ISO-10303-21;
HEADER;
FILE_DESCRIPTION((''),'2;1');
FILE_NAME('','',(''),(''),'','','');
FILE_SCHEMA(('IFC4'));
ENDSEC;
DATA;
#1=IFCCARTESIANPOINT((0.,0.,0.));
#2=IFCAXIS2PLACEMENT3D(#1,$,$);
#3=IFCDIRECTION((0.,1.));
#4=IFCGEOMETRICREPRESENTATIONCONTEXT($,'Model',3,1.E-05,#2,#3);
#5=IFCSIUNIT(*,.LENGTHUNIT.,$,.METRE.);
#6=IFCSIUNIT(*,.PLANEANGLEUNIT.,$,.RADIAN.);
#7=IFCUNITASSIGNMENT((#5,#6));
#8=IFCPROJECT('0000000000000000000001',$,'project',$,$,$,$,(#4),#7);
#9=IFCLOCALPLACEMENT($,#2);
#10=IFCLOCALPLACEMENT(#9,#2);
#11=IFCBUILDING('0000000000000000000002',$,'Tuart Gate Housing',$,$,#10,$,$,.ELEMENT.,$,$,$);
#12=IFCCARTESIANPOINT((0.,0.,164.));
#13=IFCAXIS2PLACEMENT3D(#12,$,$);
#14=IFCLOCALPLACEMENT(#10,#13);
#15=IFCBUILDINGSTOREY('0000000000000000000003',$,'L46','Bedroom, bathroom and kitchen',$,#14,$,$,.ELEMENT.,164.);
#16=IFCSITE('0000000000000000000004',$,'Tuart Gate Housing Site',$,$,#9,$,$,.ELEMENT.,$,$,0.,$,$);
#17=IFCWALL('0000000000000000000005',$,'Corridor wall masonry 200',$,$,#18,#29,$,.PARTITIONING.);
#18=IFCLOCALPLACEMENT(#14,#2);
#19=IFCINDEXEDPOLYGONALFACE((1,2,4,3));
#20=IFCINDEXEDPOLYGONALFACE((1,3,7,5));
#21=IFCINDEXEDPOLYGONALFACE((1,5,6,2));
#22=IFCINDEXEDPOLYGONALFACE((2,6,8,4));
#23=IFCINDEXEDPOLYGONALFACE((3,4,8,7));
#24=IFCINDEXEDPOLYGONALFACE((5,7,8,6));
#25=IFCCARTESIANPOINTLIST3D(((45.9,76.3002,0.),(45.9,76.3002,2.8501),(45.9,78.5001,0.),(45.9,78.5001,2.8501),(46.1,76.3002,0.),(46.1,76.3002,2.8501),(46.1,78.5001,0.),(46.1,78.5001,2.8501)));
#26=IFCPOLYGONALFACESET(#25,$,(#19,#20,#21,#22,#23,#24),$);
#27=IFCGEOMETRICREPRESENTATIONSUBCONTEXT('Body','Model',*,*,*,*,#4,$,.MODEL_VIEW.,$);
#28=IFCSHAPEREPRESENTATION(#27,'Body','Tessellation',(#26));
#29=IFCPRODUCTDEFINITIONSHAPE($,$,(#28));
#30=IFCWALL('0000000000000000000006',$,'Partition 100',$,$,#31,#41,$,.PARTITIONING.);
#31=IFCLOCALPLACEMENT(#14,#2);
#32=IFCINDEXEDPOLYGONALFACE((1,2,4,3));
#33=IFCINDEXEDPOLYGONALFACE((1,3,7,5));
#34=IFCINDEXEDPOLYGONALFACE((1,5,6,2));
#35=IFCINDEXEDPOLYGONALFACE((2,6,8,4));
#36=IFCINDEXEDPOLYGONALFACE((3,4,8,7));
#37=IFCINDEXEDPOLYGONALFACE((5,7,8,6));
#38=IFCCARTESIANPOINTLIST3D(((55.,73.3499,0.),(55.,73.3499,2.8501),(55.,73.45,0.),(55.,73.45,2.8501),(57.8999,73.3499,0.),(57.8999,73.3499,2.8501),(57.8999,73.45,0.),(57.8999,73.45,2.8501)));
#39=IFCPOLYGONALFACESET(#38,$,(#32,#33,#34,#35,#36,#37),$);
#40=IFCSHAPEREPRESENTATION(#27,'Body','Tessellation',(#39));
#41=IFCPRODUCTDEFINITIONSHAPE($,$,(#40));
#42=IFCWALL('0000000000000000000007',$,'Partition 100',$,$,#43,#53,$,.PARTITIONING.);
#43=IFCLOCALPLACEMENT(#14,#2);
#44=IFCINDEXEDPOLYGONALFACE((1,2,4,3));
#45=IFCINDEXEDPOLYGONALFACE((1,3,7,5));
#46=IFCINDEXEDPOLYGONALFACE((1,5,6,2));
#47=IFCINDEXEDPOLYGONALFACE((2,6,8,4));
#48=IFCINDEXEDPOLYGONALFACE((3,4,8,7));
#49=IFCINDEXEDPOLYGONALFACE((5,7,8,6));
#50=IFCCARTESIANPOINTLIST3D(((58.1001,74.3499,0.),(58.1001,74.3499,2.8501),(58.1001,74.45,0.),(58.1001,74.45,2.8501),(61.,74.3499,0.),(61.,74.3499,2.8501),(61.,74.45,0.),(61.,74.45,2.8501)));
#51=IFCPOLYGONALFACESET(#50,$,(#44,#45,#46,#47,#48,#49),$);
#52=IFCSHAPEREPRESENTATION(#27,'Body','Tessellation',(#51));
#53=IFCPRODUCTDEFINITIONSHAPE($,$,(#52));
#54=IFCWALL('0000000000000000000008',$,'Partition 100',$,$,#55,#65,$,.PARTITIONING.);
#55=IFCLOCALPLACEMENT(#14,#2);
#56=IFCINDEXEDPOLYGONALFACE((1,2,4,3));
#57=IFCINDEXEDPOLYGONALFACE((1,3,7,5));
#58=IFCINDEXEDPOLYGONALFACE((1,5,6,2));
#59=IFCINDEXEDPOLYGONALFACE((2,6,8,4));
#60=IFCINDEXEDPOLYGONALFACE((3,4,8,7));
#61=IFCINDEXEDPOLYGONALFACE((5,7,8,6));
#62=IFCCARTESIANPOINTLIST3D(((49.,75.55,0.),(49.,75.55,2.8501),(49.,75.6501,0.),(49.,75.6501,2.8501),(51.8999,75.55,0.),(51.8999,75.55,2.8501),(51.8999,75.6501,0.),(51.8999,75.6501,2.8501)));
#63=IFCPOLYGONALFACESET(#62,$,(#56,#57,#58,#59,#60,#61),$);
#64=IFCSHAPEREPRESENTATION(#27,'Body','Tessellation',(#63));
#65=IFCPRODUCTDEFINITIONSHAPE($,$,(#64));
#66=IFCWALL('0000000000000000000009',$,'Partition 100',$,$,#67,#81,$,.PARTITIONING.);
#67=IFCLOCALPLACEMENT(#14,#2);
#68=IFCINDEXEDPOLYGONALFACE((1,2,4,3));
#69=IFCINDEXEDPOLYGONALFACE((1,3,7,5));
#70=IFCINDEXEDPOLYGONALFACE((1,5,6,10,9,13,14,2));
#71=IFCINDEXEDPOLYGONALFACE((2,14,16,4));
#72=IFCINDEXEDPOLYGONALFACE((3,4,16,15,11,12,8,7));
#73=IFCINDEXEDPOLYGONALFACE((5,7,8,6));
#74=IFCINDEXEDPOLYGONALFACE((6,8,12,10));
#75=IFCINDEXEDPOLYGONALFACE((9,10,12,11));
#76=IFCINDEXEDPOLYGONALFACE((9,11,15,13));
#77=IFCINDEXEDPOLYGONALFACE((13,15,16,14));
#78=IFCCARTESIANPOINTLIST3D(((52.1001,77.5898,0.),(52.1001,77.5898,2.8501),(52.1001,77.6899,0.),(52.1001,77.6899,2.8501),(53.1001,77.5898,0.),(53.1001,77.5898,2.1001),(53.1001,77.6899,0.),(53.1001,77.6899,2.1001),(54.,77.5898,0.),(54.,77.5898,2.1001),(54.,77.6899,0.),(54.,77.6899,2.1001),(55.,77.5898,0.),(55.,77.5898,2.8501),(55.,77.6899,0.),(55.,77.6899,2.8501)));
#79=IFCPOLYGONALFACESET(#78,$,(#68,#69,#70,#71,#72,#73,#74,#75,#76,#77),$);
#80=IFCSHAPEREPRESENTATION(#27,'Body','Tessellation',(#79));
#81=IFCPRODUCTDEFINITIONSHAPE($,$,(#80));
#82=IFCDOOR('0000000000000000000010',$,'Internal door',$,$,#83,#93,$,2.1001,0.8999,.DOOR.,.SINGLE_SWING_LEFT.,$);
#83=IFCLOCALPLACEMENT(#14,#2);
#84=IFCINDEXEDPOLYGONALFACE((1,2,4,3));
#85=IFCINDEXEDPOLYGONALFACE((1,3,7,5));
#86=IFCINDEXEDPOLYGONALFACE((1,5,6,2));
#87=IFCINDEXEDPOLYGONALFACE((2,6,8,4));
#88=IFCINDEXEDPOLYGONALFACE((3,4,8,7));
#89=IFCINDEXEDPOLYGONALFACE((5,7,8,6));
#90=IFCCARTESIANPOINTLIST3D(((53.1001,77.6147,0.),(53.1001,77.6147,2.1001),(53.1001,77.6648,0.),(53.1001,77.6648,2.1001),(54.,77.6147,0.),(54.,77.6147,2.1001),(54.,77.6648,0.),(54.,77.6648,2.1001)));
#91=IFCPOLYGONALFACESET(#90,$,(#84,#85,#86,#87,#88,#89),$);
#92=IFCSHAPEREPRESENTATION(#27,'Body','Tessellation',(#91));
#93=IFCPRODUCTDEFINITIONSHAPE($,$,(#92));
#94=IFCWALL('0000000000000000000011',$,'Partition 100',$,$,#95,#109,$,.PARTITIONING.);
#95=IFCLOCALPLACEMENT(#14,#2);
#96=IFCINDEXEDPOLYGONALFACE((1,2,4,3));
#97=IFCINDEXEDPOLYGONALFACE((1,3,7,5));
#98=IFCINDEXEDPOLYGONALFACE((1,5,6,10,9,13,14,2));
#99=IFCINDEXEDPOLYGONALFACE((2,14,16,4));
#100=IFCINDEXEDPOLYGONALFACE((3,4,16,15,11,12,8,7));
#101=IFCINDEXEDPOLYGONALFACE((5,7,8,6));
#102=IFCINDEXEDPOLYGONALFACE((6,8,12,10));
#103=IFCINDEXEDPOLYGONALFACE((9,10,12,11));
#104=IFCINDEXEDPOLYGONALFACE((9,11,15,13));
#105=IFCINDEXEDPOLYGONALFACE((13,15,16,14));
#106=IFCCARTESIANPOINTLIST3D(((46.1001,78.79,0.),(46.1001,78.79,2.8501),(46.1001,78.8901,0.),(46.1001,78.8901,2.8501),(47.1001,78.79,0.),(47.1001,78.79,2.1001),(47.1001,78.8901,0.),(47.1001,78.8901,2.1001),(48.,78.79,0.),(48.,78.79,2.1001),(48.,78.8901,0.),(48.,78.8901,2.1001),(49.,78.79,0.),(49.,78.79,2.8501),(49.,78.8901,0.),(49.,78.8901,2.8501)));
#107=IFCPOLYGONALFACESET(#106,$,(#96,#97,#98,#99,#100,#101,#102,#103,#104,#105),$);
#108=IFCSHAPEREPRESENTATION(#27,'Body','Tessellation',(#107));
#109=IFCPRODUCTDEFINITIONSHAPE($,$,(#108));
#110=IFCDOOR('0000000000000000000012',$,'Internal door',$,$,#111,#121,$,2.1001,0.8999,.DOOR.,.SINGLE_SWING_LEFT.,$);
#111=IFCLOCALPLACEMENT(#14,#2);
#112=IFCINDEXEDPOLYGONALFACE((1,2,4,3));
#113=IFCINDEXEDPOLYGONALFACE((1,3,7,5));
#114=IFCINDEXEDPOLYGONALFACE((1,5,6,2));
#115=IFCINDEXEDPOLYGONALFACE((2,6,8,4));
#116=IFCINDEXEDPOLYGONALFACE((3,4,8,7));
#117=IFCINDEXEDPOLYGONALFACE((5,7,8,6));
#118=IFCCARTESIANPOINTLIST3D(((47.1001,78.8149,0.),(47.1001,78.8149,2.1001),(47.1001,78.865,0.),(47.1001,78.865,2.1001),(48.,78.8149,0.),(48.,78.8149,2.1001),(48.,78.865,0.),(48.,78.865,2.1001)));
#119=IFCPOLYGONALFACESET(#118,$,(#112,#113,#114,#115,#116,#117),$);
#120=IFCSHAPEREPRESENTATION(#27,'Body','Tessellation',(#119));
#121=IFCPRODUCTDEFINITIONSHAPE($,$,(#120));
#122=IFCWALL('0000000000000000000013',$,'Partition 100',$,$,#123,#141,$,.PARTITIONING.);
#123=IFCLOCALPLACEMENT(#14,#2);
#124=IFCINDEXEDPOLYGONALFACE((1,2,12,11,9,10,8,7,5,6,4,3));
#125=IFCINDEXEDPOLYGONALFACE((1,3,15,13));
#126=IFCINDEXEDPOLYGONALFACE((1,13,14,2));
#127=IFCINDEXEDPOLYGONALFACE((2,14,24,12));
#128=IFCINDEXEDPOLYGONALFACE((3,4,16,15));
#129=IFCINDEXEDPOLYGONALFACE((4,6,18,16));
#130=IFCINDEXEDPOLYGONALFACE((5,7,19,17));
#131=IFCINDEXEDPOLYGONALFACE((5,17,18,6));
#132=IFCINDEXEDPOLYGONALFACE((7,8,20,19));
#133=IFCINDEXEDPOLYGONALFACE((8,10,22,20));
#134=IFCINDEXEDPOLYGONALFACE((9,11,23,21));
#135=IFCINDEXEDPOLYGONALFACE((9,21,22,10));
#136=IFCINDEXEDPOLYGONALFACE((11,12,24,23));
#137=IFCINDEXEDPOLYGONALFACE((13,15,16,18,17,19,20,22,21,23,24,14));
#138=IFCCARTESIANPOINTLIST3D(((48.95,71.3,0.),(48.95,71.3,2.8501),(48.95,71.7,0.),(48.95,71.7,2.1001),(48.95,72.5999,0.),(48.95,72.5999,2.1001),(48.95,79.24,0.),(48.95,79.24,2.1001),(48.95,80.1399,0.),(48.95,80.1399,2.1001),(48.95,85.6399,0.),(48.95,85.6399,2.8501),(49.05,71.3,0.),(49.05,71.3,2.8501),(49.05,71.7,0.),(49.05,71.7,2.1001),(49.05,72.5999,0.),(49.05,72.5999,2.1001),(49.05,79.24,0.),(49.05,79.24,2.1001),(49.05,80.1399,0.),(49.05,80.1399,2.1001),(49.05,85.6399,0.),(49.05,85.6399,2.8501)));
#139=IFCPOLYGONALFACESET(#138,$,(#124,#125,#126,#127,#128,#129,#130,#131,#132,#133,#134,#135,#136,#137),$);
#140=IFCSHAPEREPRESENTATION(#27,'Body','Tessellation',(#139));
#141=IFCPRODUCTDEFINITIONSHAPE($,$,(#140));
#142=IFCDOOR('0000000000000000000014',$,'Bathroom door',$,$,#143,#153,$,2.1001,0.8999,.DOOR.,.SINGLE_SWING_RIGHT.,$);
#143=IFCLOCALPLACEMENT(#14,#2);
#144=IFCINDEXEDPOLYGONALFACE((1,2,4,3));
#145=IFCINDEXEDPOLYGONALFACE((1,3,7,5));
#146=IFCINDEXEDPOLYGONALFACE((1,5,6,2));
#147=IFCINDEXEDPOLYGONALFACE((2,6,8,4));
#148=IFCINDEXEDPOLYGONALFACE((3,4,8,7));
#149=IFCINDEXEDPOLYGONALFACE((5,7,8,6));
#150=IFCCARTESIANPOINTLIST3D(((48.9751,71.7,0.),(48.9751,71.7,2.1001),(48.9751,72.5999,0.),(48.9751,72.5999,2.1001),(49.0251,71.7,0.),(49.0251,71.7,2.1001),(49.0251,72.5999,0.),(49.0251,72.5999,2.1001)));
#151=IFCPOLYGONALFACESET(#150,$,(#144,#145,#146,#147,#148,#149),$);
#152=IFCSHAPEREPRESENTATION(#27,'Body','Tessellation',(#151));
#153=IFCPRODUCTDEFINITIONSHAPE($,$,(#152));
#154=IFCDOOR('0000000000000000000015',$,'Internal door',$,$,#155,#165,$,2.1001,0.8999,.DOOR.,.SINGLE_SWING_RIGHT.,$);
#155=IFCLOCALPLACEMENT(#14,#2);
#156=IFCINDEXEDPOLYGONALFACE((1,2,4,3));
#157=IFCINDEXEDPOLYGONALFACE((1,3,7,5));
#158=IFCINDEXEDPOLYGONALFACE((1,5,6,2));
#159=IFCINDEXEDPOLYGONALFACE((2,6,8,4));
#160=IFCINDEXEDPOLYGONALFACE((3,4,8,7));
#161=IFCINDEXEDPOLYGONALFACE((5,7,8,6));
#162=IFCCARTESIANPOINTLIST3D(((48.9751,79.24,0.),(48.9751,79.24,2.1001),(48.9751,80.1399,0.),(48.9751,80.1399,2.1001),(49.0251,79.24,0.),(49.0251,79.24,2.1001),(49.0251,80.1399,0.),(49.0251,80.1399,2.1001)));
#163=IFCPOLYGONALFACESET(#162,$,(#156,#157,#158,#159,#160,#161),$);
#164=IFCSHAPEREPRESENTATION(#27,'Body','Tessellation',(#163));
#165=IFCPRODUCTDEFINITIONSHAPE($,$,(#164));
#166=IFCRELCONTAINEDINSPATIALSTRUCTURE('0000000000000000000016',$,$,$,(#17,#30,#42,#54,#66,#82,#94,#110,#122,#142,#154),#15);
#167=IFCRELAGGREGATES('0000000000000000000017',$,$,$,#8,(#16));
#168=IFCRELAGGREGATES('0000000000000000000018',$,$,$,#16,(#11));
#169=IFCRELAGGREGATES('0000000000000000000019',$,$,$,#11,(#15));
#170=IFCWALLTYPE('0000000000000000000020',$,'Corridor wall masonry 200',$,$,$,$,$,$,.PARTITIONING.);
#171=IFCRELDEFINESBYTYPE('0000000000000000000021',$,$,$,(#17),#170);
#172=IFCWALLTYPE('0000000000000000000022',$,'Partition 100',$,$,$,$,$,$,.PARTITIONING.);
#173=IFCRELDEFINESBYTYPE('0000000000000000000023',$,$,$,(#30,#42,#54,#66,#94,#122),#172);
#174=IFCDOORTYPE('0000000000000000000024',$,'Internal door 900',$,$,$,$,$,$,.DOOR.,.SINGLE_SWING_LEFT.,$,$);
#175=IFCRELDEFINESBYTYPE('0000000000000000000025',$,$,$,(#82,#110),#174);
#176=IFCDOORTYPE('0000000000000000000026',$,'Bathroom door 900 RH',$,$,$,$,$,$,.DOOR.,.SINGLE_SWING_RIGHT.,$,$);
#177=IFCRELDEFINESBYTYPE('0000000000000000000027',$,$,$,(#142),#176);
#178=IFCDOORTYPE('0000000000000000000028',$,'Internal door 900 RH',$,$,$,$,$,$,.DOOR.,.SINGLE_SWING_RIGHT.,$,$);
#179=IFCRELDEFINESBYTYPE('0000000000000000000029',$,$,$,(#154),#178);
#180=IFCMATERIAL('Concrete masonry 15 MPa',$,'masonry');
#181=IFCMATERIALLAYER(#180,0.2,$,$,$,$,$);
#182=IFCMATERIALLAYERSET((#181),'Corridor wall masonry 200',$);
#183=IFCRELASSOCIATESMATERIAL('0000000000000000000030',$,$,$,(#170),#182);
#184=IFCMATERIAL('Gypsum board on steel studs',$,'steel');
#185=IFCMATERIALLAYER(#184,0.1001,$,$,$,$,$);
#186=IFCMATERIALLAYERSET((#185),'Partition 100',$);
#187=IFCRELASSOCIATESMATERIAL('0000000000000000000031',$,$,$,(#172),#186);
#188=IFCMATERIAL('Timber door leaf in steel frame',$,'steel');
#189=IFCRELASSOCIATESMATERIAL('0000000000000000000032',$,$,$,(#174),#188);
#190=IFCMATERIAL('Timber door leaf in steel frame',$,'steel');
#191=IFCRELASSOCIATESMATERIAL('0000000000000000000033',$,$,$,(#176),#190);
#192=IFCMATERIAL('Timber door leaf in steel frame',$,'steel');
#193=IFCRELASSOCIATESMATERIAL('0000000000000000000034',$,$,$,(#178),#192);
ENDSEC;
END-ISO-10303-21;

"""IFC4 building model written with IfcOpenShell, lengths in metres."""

from ifc_helpers import new_model, si_unit, direction, frame, frame_2d, origin, place, context, subcontext, project, spatial, rectangle, extrude, material, layer, layer_set, type_object, element, fill, save


model = new_model("IFC4")

# Units and contexts
model_context = context("Model", 3, precision=1e-05, world=origin(), true_north=direction((0.0, 1.0)))
body_context = subcontext(model_context, "Body", "Model", "MODEL_VIEW")
ifc_project = project(units=[si_unit("LENGTHUNIT", "METRE"), si_unit("PLANEANGLEUNIT", "RADIAN")], contexts=[model_context])

# Site, building, storey
site_placement = place(None, origin())
site = spatial("IfcSite", under=ifc_project, at=site_placement, Name="Tuart Gate Housing Site", CompositionType="ELEMENT", RefElevation=0.0)
building_placement = place(site_placement, origin())
building = spatial("IfcBuilding", under=site, at=building_placement, Name="Tuart Gate Housing", CompositionType="ELEMENT")
storey_placement = place(building_placement, frame((0.0, 0.0, 164.0)))
storey = spatial("IfcBuildingStorey", under=building, at=storey_placement, Name="L46", Description="Bedroom, bathroom and kitchen", CompositionType="ELEMENT", Elevation=164.0)

# Walls
ifc_material_1 = material(Name="Concrete masonry 15 MPa", Category="masonry")
ifc_layer_1 = layer(ifc_material_1, 0.2)
ifc_layer_set_1 = layer_set([ifc_layer_1], Name="Corridor wall masonry 200")
wall_type_1 = type_object("IfcWallType", Name="Corridor wall masonry 200", PredefinedType="PARTITIONING", material=ifc_layer_set_1)
wall_1_placement = place(storey_placement, frame((46.0, 76.3, 0.0), z_axis=(0.0, 0.0, 1.0), x_axis=(0.0, 1.0, 0.0)))
element("IfcWall", 1, at=wall_1_placement, inside=storey, type_object=wall_type_1, Name="Corridor wall masonry 200", PredefinedType="PARTITIONING", context=body_context, shape_type="SweptSolid", body=[
    extrude(rectangle(XDim=2.2, YDim=0.2, at=frame_2d((1.1001, 0.0))), origin(), (0.0, 0.0, 1.0), 2.8501),
])
ifc_material_2 = material(Name="Gypsum board on steel studs", Category="steel")
ifc_layer_2 = layer(ifc_material_2, 0.1001)
ifc_layer_set_2 = layer_set([ifc_layer_2], Name="Partition 100")
wall_type_2 = type_object("IfcWallType", Name="Partition 100", PredefinedType="PARTITIONING", material=ifc_layer_set_2)
for number, where, z_axis, x_axis, name in (
    (2, (55.0, 73.3999, 0.0), (0.0, 0.0, 1.0), (1.0, 0.0, 0.0), "Partition 100"),
    (3, (58.1001, 74.3999, 0.0), (0.0, 0.0, 1.0), (1.0, 0.0, 0.0), "Partition 100"),
    (4, (49.0, 75.6001, 0.0), (0.0, 0.0, 1.0), (1.0, 0.0, 0.0), "Partition 100"),
):
    element("IfcWall", number, at=place(storey_placement, frame(where, z_axis=z_axis, x_axis=x_axis)), inside=storey, type_object=wall_type_2, Name=name, PredefinedType="PARTITIONING", context=body_context, shape_type="SweptSolid", body=[
        extrude(rectangle(XDim=2.8999, YDim=0.1001, at=frame_2d((1.45, 0.0))), origin(), (0.0, 0.0, 1.0), 2.8501),
    ])

# Walls, openings, doors
wall_2_placement = place(storey_placement, frame((52.1001, 77.6399, 0.0), z_axis=(0.0, 0.0, 1.0), x_axis=(1.0, 0.0, 0.0)))
wall_2 = element("IfcWall", 5, at=wall_2_placement, inside=storey, type_object=wall_type_2, Name="Partition 100", PredefinedType="PARTITIONING", context=body_context, shape_type="SweptSolid", body=[
    extrude(rectangle(XDim=2.8999, YDim=0.1001, at=frame_2d((1.45, 0.0))), origin(), (0.0, 0.0, 1.0), 2.8501),
])
opening_1_placement = place(wall_2_placement, frame((1.0, 0.0, 0.0)))
opening_1 = element("IfcOpeningElement", 6, at=opening_1_placement, cuts=wall_2, PredefinedType="OPENING", context=body_context, shape_type="SweptSolid", body=[
    extrude(rectangle(XDim=0.8999, YDim=2.1001, at=frame_2d((0.45, 1.05))), frame((0.0, 0.0601, 0.0), z_axis=(0.0, -1.0, 0.0), x_axis=(1.0, 0.0, 0.0)), (0.0, 0.0, 1.0), 0.1201),
])
ifc_material_3 = material(Name="Timber door leaf in steel frame", Category="steel")
door_type_1 = type_object("IfcDoorType", Name="Internal door 900", OperationType="SINGLE_SWING_LEFT", PredefinedType="DOOR", material=ifc_material_3)
door_1_placement = place(opening_1_placement, frame((0.8999, 0.0, 0.0), z_axis=(0.0, 0.0, 1.0), x_axis=(-1.0, 0.0, 0.0)))
door_1 = element("IfcDoor", 7, at=door_1_placement, inside=storey, type_object=door_type_1, Name="Internal door", OperationType="SINGLE_SWING_LEFT", OverallHeight=2.1001, OverallWidth=0.8999, PredefinedType="DOOR", context=body_context, shape_type="SweptSolid", body=[
    extrude(rectangle(XDim=0.8999, YDim=2.1001, at=frame_2d((0.45, 1.05))), frame((0.0, 0.0251, 0.0), z_axis=(0.0, -1.0, 0.0), x_axis=(1.0, 0.0, 0.0)), (0.0, 0.0, 1.0), 0.05),
])
fill(opening_1, door_1)
wall_3_placement = place(storey_placement, frame((46.1001, 78.8401, 0.0), z_axis=(0.0, 0.0, 1.0), x_axis=(1.0, 0.0, 0.0)))
wall_3 = element("IfcWall", 8, at=wall_3_placement, inside=storey, type_object=wall_type_2, Name="Partition 100", PredefinedType="PARTITIONING", context=body_context, shape_type="SweptSolid", body=[
    extrude(rectangle(XDim=2.8999, YDim=0.1001, at=frame_2d((1.45, 0.0))), origin(), (0.0, 0.0, 1.0), 2.8501),
])
opening_2_placement = place(wall_3_placement, frame((1.0, 0.0, 0.0)))
opening_2 = element("IfcOpeningElement", 9, at=opening_2_placement, cuts=wall_3, PredefinedType="OPENING", context=body_context, shape_type="SweptSolid", body=[
    extrude(rectangle(XDim=0.8999, YDim=2.1001, at=frame_2d((0.45, 1.05))), frame((0.0, 0.0601, 0.0), z_axis=(0.0, -1.0, 0.0), x_axis=(1.0, 0.0, 0.0)), (0.0, 0.0, 1.0), 0.1201),
])
door_2_placement = place(opening_2_placement, frame((0.8999, 0.0, 0.0), z_axis=(0.0, 0.0, 1.0), x_axis=(-1.0, 0.0, 0.0)))
door_2 = element("IfcDoor", 10, at=door_2_placement, inside=storey, type_object=door_type_1, Name="Internal door", OperationType="SINGLE_SWING_LEFT", OverallHeight=2.1001, OverallWidth=0.8999, PredefinedType="DOOR", context=body_context, shape_type="SweptSolid", body=[
    extrude(rectangle(XDim=0.8999, YDim=2.1001, at=frame_2d((0.45, 1.05))), frame((0.0, 0.0251, 0.0), z_axis=(0.0, -1.0, 0.0), x_axis=(1.0, 0.0, 0.0)), (0.0, 0.0, 1.0), 0.05),
])
fill(opening_2, door_2)

# Wall, openings, doors
wall_4_placement = place(storey_placement, frame((49.0, 71.3, 0.0), z_axis=(0.0, 0.0, 1.0), x_axis=(0.0, 1.0, 0.0)))
wall_4 = element("IfcWall", 11, at=wall_4_placement, inside=storey, type_object=wall_type_2, Name="Partition 100", PredefinedType="PARTITIONING", context=body_context, shape_type="SweptSolid", body=[
    extrude(rectangle(XDim=14.3398, YDim=0.1001, at=frame_2d((7.1699, 0.0))), origin(), (0.0, 0.0, 1.0), 2.8501),
])
opening_3_placement = place(wall_4_placement, frame((7.9399, 0.0, 0.0)))
opening_3 = element("IfcOpeningElement", 12, at=opening_3_placement, cuts=wall_4, PredefinedType="OPENING", context=body_context, shape_type="SweptSolid", body=[
    extrude(rectangle(XDim=0.8999, YDim=2.1001, at=frame_2d((0.45, 1.05))), frame((0.0, 0.0601, 0.0), z_axis=(0.0, -1.0, 0.0), x_axis=(1.0, 0.0, 0.0)), (0.0, 0.0, 1.0), 0.1201),
])
opening_4_placement = place(wall_4_placement, frame((0.3999, 0.0, 0.0)))
opening_4 = element("IfcOpeningElement", 13, at=opening_4_placement, cuts=wall_4, PredefinedType="OPENING", context=body_context, shape_type="SweptSolid", body=[
    extrude(rectangle(XDim=0.8999, YDim=2.1001, at=frame_2d((0.45, 1.05))), frame((0.0, 0.0601, 0.0), z_axis=(0.0, -1.0, 0.0), x_axis=(1.0, 0.0, 0.0)), (0.0, 0.0, 1.0), 0.1201),
])
ifc_material_4 = material(Name="Timber door leaf in steel frame", Category="steel")
door_type_2 = type_object("IfcDoorType", Name="Bathroom door 900 RH", OperationType="SINGLE_SWING_RIGHT", PredefinedType="DOOR", material=ifc_material_4)
door_3_placement = place(opening_4_placement, frame((0.8999, 0.0, 0.0), z_axis=(0.0, 0.0, 1.0), x_axis=(-1.0, 0.0, 0.0)))
door_3 = element("IfcDoor", 14, at=door_3_placement, inside=storey, type_object=door_type_2, Name="Bathroom door", OperationType="SINGLE_SWING_RIGHT", OverallHeight=2.1001, OverallWidth=0.8999, PredefinedType="DOOR", context=body_context, shape_type="SweptSolid", body=[
    extrude(rectangle(XDim=0.8999, YDim=2.1001, at=frame_2d((0.45, 1.05))), frame((0.0, 0.0251, 0.0), z_axis=(0.0, -1.0, 0.0), x_axis=(1.0, 0.0, 0.0)), (0.0, 0.0, 1.0), 0.05),
])
fill(opening_4, door_3)
ifc_material_5 = material(Name="Timber door leaf in steel frame", Category="steel")
door_type_3 = type_object("IfcDoorType", Name="Internal door 900 RH", OperationType="SINGLE_SWING_RIGHT", PredefinedType="DOOR", material=ifc_material_5)
door_4_placement = place(opening_3_placement, frame((0.8999, 0.0, 0.0), z_axis=(0.0, 0.0, 1.0), x_axis=(-1.0, 0.0, 0.0)))
door_4 = element("IfcDoor", 15, at=door_4_placement, inside=storey, type_object=door_type_3, Name="Internal door", OperationType="SINGLE_SWING_RIGHT", OverallHeight=2.1001, OverallWidth=0.8999, PredefinedType="DOOR", context=body_context, shape_type="SweptSolid", body=[
    extrude(rectangle(XDim=0.8999, YDim=2.1001, at=frame_2d((0.45, 1.05))), frame((0.0, 0.0251, 0.0), z_axis=(0.0, -1.0, 0.0), x_axis=(1.0, 0.0, 0.0)), (0.0, 0.0, 1.0), 0.05),
])
fill(opening_3, door_4)

save(model, "model.ifc")
